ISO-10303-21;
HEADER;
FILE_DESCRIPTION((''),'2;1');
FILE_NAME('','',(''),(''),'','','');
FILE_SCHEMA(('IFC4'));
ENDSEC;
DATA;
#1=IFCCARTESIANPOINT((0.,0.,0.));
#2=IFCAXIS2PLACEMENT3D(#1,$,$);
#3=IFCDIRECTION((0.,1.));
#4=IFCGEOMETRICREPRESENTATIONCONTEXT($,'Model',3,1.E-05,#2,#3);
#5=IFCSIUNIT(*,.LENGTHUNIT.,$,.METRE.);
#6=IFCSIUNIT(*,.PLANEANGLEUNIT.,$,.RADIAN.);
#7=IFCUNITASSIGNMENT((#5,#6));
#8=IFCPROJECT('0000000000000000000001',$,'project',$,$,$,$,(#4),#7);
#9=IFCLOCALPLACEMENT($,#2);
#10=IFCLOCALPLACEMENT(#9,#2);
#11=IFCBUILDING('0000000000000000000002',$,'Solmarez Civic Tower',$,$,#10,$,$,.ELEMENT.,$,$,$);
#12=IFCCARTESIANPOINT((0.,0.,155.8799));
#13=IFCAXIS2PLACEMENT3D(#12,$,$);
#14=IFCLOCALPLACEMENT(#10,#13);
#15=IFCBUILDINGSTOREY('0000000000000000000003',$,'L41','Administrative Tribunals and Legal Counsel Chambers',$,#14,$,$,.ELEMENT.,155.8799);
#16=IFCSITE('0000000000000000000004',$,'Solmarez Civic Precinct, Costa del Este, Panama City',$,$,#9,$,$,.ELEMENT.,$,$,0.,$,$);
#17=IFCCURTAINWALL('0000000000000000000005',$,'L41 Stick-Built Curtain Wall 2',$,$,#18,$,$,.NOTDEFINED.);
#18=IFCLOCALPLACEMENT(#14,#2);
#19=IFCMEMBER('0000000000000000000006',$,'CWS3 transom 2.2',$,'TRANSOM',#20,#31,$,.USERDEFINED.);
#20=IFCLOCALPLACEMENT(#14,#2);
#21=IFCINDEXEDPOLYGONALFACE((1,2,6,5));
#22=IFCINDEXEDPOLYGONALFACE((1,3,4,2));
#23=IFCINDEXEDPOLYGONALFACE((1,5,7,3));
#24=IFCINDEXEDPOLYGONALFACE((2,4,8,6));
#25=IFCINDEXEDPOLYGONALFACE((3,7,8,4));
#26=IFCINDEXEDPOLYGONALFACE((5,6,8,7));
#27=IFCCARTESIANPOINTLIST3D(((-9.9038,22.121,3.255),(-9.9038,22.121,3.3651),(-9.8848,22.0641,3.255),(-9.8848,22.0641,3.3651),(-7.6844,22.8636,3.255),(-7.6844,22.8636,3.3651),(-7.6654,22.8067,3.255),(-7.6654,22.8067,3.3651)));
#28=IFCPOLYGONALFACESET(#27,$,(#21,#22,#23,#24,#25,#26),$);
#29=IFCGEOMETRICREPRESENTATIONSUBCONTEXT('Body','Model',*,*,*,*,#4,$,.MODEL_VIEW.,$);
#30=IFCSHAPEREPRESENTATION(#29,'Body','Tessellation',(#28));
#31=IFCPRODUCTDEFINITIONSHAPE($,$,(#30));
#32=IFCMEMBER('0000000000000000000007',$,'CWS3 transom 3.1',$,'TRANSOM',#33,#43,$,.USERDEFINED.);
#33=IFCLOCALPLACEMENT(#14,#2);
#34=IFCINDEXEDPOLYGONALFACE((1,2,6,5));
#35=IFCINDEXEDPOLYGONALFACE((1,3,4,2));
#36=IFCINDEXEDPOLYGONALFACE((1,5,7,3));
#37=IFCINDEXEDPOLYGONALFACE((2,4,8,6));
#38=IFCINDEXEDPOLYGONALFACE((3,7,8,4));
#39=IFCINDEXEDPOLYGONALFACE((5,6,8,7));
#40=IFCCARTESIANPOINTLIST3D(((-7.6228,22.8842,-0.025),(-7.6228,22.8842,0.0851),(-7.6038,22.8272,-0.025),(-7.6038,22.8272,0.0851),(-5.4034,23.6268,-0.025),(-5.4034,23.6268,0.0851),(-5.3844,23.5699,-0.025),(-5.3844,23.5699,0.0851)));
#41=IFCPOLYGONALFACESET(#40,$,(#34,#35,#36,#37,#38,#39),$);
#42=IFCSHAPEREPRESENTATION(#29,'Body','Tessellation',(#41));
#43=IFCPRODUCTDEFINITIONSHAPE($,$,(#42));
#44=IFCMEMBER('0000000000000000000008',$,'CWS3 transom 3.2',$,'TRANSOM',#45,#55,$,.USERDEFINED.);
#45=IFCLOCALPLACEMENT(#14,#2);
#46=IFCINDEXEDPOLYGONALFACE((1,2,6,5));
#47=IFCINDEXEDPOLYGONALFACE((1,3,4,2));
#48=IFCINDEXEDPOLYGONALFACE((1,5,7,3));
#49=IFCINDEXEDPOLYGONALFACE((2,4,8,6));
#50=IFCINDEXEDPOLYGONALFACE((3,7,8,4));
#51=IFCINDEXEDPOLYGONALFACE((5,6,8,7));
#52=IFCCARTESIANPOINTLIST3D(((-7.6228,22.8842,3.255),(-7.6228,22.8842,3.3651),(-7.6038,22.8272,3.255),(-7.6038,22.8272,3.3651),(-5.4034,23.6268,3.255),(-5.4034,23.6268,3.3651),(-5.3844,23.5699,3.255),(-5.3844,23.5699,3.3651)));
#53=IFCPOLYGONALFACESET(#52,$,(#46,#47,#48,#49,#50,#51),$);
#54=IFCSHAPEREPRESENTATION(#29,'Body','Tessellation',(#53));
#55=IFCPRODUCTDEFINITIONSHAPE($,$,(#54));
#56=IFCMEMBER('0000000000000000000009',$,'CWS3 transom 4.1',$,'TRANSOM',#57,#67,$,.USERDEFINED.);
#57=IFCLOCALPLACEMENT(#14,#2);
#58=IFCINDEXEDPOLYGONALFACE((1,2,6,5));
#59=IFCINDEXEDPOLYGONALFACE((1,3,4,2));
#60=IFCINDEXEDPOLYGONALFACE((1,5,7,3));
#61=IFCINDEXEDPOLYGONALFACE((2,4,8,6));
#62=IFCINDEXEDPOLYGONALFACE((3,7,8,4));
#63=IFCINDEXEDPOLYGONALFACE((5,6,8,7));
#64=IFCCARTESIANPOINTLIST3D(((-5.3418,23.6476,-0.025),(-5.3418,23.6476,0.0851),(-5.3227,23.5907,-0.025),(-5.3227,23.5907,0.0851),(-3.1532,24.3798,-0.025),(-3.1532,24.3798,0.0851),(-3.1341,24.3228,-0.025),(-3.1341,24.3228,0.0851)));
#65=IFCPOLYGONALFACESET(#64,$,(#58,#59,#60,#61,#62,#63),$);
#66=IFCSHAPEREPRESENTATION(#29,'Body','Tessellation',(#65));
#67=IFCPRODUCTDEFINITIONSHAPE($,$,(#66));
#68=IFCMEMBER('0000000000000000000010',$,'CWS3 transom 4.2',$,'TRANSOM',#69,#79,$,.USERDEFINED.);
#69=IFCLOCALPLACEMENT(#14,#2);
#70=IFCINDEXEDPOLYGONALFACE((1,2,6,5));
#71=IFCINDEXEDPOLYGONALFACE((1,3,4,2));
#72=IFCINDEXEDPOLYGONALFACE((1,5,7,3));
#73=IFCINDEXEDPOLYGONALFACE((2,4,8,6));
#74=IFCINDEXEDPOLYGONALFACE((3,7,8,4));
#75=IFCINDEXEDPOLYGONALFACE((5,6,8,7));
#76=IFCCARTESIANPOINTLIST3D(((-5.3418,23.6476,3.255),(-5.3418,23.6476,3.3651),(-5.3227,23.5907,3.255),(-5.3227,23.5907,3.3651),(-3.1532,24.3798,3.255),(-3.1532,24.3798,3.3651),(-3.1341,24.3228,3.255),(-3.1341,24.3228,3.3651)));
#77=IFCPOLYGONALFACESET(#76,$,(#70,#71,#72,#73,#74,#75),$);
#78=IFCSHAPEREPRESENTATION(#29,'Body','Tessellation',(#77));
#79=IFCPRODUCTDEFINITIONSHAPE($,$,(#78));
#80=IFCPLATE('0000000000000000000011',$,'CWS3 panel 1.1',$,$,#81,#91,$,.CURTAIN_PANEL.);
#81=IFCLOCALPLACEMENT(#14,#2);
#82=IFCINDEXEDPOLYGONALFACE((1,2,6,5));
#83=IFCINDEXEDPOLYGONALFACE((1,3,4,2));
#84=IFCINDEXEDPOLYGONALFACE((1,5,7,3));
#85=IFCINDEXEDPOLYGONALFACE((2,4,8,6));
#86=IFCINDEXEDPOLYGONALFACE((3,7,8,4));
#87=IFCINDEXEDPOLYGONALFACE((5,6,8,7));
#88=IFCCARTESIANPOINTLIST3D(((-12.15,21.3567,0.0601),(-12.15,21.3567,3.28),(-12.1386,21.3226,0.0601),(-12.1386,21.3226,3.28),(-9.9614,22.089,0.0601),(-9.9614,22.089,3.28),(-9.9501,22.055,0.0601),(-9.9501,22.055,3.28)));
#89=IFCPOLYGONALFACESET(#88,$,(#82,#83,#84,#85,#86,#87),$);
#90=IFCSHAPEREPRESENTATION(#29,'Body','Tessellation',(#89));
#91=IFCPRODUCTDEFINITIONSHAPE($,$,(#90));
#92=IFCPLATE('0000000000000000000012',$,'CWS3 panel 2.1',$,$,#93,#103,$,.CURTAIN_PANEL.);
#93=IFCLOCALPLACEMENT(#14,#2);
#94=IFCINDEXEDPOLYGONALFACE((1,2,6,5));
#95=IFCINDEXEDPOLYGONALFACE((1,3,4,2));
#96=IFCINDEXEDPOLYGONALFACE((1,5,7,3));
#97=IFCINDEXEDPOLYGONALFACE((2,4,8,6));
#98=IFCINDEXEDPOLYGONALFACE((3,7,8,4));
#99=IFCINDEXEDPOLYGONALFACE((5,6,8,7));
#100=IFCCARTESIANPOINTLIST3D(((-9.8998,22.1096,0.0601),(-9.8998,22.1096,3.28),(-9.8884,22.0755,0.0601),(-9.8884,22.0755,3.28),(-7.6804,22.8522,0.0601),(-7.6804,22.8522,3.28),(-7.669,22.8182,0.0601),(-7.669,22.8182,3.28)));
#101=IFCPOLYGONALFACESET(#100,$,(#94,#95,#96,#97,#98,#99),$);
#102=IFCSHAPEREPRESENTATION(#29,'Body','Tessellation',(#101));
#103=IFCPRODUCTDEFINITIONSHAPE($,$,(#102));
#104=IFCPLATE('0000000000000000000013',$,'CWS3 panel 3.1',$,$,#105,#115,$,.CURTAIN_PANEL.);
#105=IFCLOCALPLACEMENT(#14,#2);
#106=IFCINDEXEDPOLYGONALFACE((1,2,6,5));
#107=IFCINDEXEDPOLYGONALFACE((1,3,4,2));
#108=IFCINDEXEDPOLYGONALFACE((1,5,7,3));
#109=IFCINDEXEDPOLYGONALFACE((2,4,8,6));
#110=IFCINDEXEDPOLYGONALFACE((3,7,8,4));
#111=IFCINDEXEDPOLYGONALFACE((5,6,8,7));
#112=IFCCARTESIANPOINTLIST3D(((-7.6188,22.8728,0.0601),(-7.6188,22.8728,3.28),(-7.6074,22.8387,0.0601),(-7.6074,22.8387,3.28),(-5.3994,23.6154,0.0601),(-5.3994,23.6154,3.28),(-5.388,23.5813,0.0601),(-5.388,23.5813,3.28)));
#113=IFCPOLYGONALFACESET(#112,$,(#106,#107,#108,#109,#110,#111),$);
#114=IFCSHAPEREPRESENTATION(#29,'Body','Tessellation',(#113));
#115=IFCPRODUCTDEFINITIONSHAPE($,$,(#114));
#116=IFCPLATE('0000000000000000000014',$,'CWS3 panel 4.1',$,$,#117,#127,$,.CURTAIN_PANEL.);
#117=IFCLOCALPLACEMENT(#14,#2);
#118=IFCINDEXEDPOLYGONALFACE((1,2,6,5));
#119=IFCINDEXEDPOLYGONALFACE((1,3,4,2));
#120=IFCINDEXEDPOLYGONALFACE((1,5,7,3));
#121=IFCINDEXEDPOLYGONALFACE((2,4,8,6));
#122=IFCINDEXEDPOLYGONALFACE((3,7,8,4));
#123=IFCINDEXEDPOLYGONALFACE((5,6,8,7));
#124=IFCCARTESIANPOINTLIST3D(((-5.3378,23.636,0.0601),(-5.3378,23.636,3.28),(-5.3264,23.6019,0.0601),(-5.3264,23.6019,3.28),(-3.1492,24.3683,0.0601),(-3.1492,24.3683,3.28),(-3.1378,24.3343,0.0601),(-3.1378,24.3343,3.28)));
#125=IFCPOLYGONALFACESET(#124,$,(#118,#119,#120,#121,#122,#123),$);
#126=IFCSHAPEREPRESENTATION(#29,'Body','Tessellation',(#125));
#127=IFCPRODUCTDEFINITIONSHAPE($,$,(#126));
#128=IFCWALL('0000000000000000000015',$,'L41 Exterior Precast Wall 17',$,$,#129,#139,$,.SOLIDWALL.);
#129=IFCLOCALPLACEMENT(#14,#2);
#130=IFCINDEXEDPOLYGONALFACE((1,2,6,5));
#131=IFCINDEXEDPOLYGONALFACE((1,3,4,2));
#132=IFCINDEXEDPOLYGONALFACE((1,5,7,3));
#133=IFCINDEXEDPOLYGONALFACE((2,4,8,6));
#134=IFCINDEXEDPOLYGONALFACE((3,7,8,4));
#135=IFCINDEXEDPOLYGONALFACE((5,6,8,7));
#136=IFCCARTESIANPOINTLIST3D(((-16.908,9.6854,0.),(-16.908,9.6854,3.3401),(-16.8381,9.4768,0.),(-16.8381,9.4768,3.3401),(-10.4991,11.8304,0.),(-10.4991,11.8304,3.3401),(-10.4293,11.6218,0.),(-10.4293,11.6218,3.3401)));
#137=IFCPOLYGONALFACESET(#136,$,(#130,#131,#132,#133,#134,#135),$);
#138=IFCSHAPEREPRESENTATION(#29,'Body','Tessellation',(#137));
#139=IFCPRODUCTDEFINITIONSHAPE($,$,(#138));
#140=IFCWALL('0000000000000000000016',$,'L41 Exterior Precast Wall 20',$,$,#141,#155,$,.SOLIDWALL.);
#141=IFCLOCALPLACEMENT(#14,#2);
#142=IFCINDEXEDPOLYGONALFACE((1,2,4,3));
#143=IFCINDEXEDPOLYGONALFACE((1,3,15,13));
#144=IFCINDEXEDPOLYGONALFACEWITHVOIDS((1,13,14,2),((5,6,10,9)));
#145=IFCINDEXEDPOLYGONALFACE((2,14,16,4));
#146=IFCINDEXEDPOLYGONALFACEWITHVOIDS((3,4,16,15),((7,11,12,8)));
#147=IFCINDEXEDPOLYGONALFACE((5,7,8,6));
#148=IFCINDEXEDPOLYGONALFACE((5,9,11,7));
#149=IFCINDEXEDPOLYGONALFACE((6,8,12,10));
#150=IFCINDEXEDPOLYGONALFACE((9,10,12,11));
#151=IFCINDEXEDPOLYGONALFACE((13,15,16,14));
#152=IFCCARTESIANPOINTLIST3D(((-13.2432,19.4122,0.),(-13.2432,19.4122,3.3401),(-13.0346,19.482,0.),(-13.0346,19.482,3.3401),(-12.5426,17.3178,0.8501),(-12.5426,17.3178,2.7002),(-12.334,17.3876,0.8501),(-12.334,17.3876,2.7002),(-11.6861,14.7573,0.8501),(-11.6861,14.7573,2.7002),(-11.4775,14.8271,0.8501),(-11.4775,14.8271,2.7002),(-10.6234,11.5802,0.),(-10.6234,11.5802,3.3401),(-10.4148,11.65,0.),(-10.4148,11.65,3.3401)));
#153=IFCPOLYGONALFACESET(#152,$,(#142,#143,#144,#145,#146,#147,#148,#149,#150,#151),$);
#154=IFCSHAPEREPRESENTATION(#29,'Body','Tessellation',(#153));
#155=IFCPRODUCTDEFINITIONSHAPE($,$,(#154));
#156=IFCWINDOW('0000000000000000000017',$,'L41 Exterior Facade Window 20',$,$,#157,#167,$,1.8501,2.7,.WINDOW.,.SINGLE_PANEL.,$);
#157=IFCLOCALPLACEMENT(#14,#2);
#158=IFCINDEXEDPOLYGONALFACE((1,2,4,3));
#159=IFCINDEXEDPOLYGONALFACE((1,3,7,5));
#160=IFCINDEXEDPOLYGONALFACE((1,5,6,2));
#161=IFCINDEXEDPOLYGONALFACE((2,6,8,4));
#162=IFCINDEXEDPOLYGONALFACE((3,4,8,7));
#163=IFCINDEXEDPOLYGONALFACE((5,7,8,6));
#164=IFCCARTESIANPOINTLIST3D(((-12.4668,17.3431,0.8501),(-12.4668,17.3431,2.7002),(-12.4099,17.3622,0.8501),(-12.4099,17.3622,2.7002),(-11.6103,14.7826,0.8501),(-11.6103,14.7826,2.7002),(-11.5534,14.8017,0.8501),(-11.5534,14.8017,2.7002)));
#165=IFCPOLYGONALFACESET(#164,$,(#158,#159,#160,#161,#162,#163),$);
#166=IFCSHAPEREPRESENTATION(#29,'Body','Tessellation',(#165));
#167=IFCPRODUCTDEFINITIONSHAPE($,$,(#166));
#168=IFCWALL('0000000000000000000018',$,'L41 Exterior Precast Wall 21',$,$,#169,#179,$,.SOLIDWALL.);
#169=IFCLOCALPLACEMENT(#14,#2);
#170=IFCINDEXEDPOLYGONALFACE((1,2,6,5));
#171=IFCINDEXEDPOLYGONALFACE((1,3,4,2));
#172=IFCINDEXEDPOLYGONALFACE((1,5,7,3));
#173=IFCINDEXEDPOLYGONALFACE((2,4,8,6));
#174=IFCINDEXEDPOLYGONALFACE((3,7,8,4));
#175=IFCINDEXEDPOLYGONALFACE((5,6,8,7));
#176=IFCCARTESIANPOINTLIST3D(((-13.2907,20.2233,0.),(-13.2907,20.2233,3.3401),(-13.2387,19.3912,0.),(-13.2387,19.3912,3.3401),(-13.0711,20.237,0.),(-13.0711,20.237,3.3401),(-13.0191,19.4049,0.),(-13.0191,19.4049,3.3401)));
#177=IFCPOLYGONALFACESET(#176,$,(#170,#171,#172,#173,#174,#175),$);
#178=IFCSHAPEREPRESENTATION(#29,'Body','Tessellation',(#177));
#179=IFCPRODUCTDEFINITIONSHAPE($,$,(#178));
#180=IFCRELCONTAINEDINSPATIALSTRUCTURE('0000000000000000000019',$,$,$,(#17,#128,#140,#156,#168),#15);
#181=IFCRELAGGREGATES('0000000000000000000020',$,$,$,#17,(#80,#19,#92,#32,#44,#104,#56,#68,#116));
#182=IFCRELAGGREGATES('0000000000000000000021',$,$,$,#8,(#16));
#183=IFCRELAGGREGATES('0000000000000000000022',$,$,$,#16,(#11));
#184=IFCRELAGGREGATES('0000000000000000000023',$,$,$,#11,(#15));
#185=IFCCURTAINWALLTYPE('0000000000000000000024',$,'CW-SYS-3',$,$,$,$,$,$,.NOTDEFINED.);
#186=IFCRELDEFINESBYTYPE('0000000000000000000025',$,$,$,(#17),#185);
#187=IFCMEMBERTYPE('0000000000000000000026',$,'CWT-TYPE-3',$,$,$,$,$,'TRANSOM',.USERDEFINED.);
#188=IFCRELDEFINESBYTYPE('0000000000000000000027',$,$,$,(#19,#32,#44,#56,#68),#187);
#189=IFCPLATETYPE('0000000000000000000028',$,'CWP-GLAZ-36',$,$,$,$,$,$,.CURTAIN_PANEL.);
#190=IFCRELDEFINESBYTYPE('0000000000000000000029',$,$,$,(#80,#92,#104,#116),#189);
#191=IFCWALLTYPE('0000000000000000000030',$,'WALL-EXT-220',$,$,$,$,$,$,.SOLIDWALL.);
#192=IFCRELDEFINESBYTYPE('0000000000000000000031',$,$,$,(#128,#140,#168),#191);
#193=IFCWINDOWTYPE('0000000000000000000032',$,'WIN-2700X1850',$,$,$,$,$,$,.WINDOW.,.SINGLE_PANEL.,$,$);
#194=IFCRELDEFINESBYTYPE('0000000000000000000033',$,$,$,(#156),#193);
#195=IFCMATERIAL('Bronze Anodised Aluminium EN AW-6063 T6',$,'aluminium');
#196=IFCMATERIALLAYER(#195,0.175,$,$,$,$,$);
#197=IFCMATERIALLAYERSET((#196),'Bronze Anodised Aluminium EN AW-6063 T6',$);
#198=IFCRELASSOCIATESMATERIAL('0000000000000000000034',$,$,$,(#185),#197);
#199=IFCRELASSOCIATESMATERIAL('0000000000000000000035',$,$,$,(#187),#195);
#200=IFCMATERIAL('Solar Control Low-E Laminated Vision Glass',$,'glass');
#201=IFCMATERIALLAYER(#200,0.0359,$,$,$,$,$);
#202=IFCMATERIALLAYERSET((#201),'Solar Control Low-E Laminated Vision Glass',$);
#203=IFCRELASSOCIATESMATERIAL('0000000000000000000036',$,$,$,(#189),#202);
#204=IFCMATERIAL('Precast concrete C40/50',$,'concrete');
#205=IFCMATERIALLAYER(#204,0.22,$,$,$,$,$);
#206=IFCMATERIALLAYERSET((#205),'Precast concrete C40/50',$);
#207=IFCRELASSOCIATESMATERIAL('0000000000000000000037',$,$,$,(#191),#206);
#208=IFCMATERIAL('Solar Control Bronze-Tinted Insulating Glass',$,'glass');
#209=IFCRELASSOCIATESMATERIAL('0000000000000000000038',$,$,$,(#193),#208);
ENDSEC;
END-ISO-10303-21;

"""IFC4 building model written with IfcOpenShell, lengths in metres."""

from ifc_helpers import new_model, si_unit, direction, frame, frame_2d, origin, origin_2d, place, context, subcontext, project, spatial, rectangle, extrude, material, layer, layer_set, material_profile, profile_set, type_object, element, fill, aggregate, save


model = new_model("IFC4")

# Units and contexts
model_context = context("Model", 3, precision=1e-05, world=origin(), true_north=direction((0.0, 1.0)))
body_context = subcontext(model_context, "Body", "Model", "MODEL_VIEW")
ifc_project = project(units=[si_unit("LENGTHUNIT", "METRE"), si_unit("PLANEANGLEUNIT", "RADIAN")], contexts=[model_context])

# Site, building, storey
site_placement = place(None, origin())
site = spatial("IfcSite", under=ifc_project, at=site_placement, Name="Solmarez Civic Precinct, Costa del Este, Panama City", CompositionType="ELEMENT", RefElevation=0.0)
building_placement = place(site_placement, origin())
building = spatial("IfcBuilding", under=site, at=building_placement, Name="Solmarez Civic Tower", CompositionType="ELEMENT")
storey_placement = place(building_placement, frame((0.0, 0.0, 155.8799)))
storey = spatial("IfcBuildingStorey", under=building, at=storey_placement, Name="L41", Description="Administrative Tribunals and Legal Counsel Chambers", CompositionType="ELEMENT", Elevation=155.8799)

# Curtain wall, members, plates
ifc_material_1 = material(Name="Bronze Anodised Aluminium EN AW-6063 T6", Category="aluminium")
ifc_layer_1 = layer(ifc_material_1, 0.175)
ifc_layer_set_1 = layer_set([ifc_layer_1], Name="Bronze Anodised Aluminium EN AW-6063 T6")
curtain_wall_type = type_object("IfcCurtainWallType", Name="CW-SYS-3", PredefinedType="NOTDEFINED", material=ifc_layer_set_1)
curtain_wall_placement = place(storey_placement, origin())
curtain_wall = element("IfcCurtainWall", 1, at=curtain_wall_placement, inside=storey, type_object=curtain_wall_type, Name="L41 Stick-Built Curtain Wall 2", PredefinedType="NOTDEFINED")
ifc_material_profile_1 = material_profile(ifc_material_1, rectangle(XDim=0.0601, YDim=0.1101, at=origin_2d()), Name="CWT-60X110")
ifc_profile_set_1 = profile_set([ifc_material_profile_1], Name="Bronze Anodised Aluminium EN AW-6063 T6")
member_type_1 = type_object("IfcMemberType", Name="CWT-TYPE-3", ElementType="TRANSOM", PredefinedType="USERDEFINED", material=ifc_profile_set_1)
member_1_placement = place(storey_placement, frame((-9.8943, 22.0925, 3.3101), z_axis=(0.948318, 0.317323, 0.0), x_axis=(-0.317323, 0.948318, 0.0)))
member_1 = element("IfcMember", 2, at=member_1_placement, type_object=member_type_1, Name="CWS3 transom 2.2", ObjectType="TRANSOM", PredefinedType="USERDEFINED", context=body_context, shape_type="SweptSolid", body=[
    extrude(rectangle(XDim=0.0601, YDim=0.1101, at=origin_2d()), origin(), (0.0, 0.0, 1.0), 2.3403),
])
member_2_placement = place(storey_placement, frame((-7.6133, 22.8557, 0.03), z_axis=(0.948318, 0.317323, 0.0), x_axis=(-0.317323, 0.948318, 0.0)))
member_2 = element("IfcMember", 3, at=member_2_placement, type_object=member_type_1, Name="CWS3 transom 3.1", ObjectType="TRANSOM", PredefinedType="USERDEFINED", context=body_context, shape_type="SweptSolid", body=[
    extrude(rectangle(XDim=0.0601, YDim=0.1101, at=origin_2d()), origin(), (0.0, 0.0, 1.0), 2.3403),
])
member_3_placement = place(storey_placement, frame((-7.6133, 22.8557, 3.3101), z_axis=(0.948318, 0.317323, 0.0), x_axis=(-0.317323, 0.948318, 0.0)))
member_3 = element("IfcMember", 4, at=member_3_placement, type_object=member_type_1, Name="CWS3 transom 3.2", ObjectType="TRANSOM", PredefinedType="USERDEFINED", context=body_context, shape_type="SweptSolid", body=[
    extrude(rectangle(XDim=0.0601, YDim=0.1101, at=origin_2d()), origin(), (0.0, 0.0, 1.0), 2.3403),
])
member_4_placement = place(storey_placement, frame((-5.3323, 23.6191, 0.03), z_axis=(0.948344, 0.317243, 0.0), x_axis=(-0.317243, 0.948344, 0.0)))
member_4 = element("IfcMember", 5, at=member_4_placement, type_object=member_type_1, Name="CWS3 transom 4.1", ObjectType="TRANSOM", PredefinedType="USERDEFINED", context=body_context, shape_type="SweptSolid", body=[
    extrude(rectangle(XDim=0.0601, YDim=0.1101, at=origin_2d()), origin(), (0.0, 0.0, 1.0), 2.3079),
])
member_5_placement = place(storey_placement, frame((-5.3323, 23.6191, 3.3101), z_axis=(0.948344, 0.317243, 0.0), x_axis=(-0.317243, 0.948344, 0.0)))
member_5 = element("IfcMember", 6, at=member_5_placement, type_object=member_type_1, Name="CWS3 transom 4.2", ObjectType="TRANSOM", PredefinedType="USERDEFINED", context=body_context, shape_type="SweptSolid", body=[
    extrude(rectangle(XDim=0.0601, YDim=0.1101, at=origin_2d()), origin(), (0.0, 0.0, 1.0), 2.3079),
])
ifc_material_2 = material(Name="Solar Control Low-E Laminated Vision Glass", Category="glass")
ifc_layer_2 = layer(ifc_material_2, 0.0359)
ifc_layer_set_2 = layer_set([ifc_layer_2], Name="Solar Control Low-E Laminated Vision Glass")
plate_type = type_object("IfcPlateType", Name="CWP-GLAZ-36", PredefinedType="CURTAIN_PANEL", material=ifc_layer_set_2)
plate_1_placement = place(storey_placement, frame((-11.05, 21.7058, 0.0601), z_axis=(0.0, 0.0, 1.0), x_axis=(0.948319, 0.317319, 0.0)))
plate_1 = element("IfcPlate", 7, at=plate_1_placement, type_object=plate_type, Name="CWS3 panel 1.1", PredefinedType="CURTAIN_PANEL", context=body_context, shape_type="SweptSolid", body=[
    extrude(rectangle(XDim=2.3079, YDim=0.0359, at=origin_2d()), origin(), (0.0, 0.0, 1.0), 3.22),
])
plate_2_placement = place(storey_placement, frame((-8.7844, 22.4639, 0.0601), z_axis=(0.0, 0.0, 1.0), x_axis=(0.948319, 0.317319, 0.0)))
plate_2 = element("IfcPlate", 8, at=plate_2_placement, type_object=plate_type, Name="CWS3 panel 2.1", PredefinedType="CURTAIN_PANEL", context=body_context, shape_type="SweptSolid", body=[
    extrude(rectangle(XDim=2.3403, YDim=0.0359, at=origin_2d()), origin(), (0.0, 0.0, 1.0), 3.22),
])
plate_3_placement = place(storey_placement, frame((-6.5034, 23.2271, 0.0601), z_axis=(0.0, 0.0, 1.0), x_axis=(0.948319, 0.317319, 0.0)))
plate_3 = element("IfcPlate", 9, at=plate_3_placement, type_object=plate_type, Name="CWS3 panel 3.1", PredefinedType="CURTAIN_PANEL", context=body_context, shape_type="SweptSolid", body=[
    extrude(rectangle(XDim=2.3403, YDim=0.0359, at=origin_2d()), origin(), (0.0, 0.0, 1.0), 3.22),
])
plate_4_placement = place(storey_placement, frame((-4.2378, 23.9851, 0.0601), z_axis=(0.0, 0.0, 1.0), x_axis=(0.948319, 0.317319, 0.0)))
plate_4 = element("IfcPlate", 10, at=plate_4_placement, type_object=plate_type, Name="CWS3 panel 4.1", PredefinedType="CURTAIN_PANEL", context=body_context, shape_type="SweptSolid", body=[
    extrude(rectangle(XDim=2.3079, YDim=0.0359, at=origin_2d()), origin(), (0.0, 0.0, 1.0), 3.22),
])
aggregate(curtain_wall, [plate_1, member_1, plate_2, member_2, member_3, plate_3, member_4, member_5, plate_4])

# Wall
ifc_material_3 = material(Name="Precast concrete C40/50", Category="concrete")
ifc_layer_3 = layer(ifc_material_3, 0.22)
ifc_layer_set_3 = layer_set([ifc_layer_3], Name="Precast concrete C40/50")
wall_type_1 = type_object("IfcWallType", Name="WALL-EXT-220", PredefinedType="SOLIDWALL", material=ifc_layer_set_3)
wall_1_placement = place(storey_placement, frame((-16.873, 9.5811, 0.0), z_axis=(0.0, 0.0, 1.0), x_axis=(0.948296, 0.317387, 0.0)))
element("IfcWall", 11, at=wall_1_placement, inside=storey, type_object=wall_type_1, Name="L41 Exterior Precast Wall 17", PredefinedType="SOLIDWALL", context=body_context, shape_type="SweptSolid", body=[
    extrude(rectangle(XDim=6.7583, YDim=0.22, at=frame_2d((3.3792, 0.0))), origin(), (0.0, 0.0, 1.0), 3.3401),
])

# Wall, opening, window
wall_2_placement = place(storey_placement, frame((-10.519, 11.615, 0.0), z_axis=(0.0, 0.0, 1.0), x_axis=(-0.31723, 0.948349, 0.0)))
wall_2 = element("IfcWall", 12, at=wall_2_placement, inside=storey, type_object=wall_type_1, Name="L41 Exterior Precast Wall 20", PredefinedType="SOLIDWALL", context=body_context, shape_type="SweptSolid", body=[
    extrude(rectangle(XDim=8.2585, YDim=0.22, at=frame_2d((4.1294, 0.0))), origin(), (0.0, 0.0, 1.0), 3.3401),
])
opening_1_placement = place(wall_2_placement, frame((3.3501, 0.0, 0.8501)))
opening_1 = element("IfcOpeningElement", 13, at=opening_1_placement, cuts=wall_2, PredefinedType="OPENING", context=body_context, shape_type="SweptSolid", body=[
    extrude(rectangle(XDim=2.7, YDim=1.8501, at=frame_2d((1.3501, 0.925))), frame((0.0, 0.1199, 0.0), z_axis=(0.0, -1.0, 0.0), x_axis=(1.0, 0.0, 0.0)), (0.0, 0.0, 1.0), 0.24),
])
ifc_material_4 = material(Name="Solar Control Bronze-Tinted Insulating Glass", Category="glass")
window_type = type_object("IfcWindowType", Name="WIN-2700X1850", PartitioningType="SINGLE_PANEL", PredefinedType="WINDOW", material=ifc_material_4)
window_placement = place(opening_1_placement, origin())
window = element("IfcWindow", 14, at=window_placement, inside=storey, type_object=window_type, Name="L41 Exterior Facade Window 20", OverallHeight=1.8501, OverallWidth=2.7, PartitioningType="SINGLE_PANEL", PredefinedType="WINDOW", context=body_context, shape_type="SweptSolid", body=[
    extrude(rectangle(XDim=2.7, YDim=1.8501, at=frame_2d((1.3501, 0.925))), frame((0.0, 0.03, 0.0), z_axis=(0.0, -1.0, 0.0), x_axis=(1.0, 0.0, 0.0)), (0.0, 0.0, 1.0), 0.0601),
])
fill(opening_1, window)

# Wall
wall_3_placement = place(storey_placement, frame((-13.1289, 19.3979, 0.0), z_axis=(0.0, 0.0, 1.0), x_axis=(-0.062378, 0.998053, 0.0)))
element("IfcWall", 15, at=wall_3_placement, inside=storey, type_object=wall_type_1, Name="L41 Exterior Precast Wall 21", PredefinedType="SOLIDWALL", context=body_context, shape_type="SweptSolid", body=[
    extrude(rectangle(XDim=0.8337, YDim=0.22, at=frame_2d((0.417, 0.0))), origin(), (0.0, 0.0, 1.0), 3.3401),
])

save(model, "model.ifc")
